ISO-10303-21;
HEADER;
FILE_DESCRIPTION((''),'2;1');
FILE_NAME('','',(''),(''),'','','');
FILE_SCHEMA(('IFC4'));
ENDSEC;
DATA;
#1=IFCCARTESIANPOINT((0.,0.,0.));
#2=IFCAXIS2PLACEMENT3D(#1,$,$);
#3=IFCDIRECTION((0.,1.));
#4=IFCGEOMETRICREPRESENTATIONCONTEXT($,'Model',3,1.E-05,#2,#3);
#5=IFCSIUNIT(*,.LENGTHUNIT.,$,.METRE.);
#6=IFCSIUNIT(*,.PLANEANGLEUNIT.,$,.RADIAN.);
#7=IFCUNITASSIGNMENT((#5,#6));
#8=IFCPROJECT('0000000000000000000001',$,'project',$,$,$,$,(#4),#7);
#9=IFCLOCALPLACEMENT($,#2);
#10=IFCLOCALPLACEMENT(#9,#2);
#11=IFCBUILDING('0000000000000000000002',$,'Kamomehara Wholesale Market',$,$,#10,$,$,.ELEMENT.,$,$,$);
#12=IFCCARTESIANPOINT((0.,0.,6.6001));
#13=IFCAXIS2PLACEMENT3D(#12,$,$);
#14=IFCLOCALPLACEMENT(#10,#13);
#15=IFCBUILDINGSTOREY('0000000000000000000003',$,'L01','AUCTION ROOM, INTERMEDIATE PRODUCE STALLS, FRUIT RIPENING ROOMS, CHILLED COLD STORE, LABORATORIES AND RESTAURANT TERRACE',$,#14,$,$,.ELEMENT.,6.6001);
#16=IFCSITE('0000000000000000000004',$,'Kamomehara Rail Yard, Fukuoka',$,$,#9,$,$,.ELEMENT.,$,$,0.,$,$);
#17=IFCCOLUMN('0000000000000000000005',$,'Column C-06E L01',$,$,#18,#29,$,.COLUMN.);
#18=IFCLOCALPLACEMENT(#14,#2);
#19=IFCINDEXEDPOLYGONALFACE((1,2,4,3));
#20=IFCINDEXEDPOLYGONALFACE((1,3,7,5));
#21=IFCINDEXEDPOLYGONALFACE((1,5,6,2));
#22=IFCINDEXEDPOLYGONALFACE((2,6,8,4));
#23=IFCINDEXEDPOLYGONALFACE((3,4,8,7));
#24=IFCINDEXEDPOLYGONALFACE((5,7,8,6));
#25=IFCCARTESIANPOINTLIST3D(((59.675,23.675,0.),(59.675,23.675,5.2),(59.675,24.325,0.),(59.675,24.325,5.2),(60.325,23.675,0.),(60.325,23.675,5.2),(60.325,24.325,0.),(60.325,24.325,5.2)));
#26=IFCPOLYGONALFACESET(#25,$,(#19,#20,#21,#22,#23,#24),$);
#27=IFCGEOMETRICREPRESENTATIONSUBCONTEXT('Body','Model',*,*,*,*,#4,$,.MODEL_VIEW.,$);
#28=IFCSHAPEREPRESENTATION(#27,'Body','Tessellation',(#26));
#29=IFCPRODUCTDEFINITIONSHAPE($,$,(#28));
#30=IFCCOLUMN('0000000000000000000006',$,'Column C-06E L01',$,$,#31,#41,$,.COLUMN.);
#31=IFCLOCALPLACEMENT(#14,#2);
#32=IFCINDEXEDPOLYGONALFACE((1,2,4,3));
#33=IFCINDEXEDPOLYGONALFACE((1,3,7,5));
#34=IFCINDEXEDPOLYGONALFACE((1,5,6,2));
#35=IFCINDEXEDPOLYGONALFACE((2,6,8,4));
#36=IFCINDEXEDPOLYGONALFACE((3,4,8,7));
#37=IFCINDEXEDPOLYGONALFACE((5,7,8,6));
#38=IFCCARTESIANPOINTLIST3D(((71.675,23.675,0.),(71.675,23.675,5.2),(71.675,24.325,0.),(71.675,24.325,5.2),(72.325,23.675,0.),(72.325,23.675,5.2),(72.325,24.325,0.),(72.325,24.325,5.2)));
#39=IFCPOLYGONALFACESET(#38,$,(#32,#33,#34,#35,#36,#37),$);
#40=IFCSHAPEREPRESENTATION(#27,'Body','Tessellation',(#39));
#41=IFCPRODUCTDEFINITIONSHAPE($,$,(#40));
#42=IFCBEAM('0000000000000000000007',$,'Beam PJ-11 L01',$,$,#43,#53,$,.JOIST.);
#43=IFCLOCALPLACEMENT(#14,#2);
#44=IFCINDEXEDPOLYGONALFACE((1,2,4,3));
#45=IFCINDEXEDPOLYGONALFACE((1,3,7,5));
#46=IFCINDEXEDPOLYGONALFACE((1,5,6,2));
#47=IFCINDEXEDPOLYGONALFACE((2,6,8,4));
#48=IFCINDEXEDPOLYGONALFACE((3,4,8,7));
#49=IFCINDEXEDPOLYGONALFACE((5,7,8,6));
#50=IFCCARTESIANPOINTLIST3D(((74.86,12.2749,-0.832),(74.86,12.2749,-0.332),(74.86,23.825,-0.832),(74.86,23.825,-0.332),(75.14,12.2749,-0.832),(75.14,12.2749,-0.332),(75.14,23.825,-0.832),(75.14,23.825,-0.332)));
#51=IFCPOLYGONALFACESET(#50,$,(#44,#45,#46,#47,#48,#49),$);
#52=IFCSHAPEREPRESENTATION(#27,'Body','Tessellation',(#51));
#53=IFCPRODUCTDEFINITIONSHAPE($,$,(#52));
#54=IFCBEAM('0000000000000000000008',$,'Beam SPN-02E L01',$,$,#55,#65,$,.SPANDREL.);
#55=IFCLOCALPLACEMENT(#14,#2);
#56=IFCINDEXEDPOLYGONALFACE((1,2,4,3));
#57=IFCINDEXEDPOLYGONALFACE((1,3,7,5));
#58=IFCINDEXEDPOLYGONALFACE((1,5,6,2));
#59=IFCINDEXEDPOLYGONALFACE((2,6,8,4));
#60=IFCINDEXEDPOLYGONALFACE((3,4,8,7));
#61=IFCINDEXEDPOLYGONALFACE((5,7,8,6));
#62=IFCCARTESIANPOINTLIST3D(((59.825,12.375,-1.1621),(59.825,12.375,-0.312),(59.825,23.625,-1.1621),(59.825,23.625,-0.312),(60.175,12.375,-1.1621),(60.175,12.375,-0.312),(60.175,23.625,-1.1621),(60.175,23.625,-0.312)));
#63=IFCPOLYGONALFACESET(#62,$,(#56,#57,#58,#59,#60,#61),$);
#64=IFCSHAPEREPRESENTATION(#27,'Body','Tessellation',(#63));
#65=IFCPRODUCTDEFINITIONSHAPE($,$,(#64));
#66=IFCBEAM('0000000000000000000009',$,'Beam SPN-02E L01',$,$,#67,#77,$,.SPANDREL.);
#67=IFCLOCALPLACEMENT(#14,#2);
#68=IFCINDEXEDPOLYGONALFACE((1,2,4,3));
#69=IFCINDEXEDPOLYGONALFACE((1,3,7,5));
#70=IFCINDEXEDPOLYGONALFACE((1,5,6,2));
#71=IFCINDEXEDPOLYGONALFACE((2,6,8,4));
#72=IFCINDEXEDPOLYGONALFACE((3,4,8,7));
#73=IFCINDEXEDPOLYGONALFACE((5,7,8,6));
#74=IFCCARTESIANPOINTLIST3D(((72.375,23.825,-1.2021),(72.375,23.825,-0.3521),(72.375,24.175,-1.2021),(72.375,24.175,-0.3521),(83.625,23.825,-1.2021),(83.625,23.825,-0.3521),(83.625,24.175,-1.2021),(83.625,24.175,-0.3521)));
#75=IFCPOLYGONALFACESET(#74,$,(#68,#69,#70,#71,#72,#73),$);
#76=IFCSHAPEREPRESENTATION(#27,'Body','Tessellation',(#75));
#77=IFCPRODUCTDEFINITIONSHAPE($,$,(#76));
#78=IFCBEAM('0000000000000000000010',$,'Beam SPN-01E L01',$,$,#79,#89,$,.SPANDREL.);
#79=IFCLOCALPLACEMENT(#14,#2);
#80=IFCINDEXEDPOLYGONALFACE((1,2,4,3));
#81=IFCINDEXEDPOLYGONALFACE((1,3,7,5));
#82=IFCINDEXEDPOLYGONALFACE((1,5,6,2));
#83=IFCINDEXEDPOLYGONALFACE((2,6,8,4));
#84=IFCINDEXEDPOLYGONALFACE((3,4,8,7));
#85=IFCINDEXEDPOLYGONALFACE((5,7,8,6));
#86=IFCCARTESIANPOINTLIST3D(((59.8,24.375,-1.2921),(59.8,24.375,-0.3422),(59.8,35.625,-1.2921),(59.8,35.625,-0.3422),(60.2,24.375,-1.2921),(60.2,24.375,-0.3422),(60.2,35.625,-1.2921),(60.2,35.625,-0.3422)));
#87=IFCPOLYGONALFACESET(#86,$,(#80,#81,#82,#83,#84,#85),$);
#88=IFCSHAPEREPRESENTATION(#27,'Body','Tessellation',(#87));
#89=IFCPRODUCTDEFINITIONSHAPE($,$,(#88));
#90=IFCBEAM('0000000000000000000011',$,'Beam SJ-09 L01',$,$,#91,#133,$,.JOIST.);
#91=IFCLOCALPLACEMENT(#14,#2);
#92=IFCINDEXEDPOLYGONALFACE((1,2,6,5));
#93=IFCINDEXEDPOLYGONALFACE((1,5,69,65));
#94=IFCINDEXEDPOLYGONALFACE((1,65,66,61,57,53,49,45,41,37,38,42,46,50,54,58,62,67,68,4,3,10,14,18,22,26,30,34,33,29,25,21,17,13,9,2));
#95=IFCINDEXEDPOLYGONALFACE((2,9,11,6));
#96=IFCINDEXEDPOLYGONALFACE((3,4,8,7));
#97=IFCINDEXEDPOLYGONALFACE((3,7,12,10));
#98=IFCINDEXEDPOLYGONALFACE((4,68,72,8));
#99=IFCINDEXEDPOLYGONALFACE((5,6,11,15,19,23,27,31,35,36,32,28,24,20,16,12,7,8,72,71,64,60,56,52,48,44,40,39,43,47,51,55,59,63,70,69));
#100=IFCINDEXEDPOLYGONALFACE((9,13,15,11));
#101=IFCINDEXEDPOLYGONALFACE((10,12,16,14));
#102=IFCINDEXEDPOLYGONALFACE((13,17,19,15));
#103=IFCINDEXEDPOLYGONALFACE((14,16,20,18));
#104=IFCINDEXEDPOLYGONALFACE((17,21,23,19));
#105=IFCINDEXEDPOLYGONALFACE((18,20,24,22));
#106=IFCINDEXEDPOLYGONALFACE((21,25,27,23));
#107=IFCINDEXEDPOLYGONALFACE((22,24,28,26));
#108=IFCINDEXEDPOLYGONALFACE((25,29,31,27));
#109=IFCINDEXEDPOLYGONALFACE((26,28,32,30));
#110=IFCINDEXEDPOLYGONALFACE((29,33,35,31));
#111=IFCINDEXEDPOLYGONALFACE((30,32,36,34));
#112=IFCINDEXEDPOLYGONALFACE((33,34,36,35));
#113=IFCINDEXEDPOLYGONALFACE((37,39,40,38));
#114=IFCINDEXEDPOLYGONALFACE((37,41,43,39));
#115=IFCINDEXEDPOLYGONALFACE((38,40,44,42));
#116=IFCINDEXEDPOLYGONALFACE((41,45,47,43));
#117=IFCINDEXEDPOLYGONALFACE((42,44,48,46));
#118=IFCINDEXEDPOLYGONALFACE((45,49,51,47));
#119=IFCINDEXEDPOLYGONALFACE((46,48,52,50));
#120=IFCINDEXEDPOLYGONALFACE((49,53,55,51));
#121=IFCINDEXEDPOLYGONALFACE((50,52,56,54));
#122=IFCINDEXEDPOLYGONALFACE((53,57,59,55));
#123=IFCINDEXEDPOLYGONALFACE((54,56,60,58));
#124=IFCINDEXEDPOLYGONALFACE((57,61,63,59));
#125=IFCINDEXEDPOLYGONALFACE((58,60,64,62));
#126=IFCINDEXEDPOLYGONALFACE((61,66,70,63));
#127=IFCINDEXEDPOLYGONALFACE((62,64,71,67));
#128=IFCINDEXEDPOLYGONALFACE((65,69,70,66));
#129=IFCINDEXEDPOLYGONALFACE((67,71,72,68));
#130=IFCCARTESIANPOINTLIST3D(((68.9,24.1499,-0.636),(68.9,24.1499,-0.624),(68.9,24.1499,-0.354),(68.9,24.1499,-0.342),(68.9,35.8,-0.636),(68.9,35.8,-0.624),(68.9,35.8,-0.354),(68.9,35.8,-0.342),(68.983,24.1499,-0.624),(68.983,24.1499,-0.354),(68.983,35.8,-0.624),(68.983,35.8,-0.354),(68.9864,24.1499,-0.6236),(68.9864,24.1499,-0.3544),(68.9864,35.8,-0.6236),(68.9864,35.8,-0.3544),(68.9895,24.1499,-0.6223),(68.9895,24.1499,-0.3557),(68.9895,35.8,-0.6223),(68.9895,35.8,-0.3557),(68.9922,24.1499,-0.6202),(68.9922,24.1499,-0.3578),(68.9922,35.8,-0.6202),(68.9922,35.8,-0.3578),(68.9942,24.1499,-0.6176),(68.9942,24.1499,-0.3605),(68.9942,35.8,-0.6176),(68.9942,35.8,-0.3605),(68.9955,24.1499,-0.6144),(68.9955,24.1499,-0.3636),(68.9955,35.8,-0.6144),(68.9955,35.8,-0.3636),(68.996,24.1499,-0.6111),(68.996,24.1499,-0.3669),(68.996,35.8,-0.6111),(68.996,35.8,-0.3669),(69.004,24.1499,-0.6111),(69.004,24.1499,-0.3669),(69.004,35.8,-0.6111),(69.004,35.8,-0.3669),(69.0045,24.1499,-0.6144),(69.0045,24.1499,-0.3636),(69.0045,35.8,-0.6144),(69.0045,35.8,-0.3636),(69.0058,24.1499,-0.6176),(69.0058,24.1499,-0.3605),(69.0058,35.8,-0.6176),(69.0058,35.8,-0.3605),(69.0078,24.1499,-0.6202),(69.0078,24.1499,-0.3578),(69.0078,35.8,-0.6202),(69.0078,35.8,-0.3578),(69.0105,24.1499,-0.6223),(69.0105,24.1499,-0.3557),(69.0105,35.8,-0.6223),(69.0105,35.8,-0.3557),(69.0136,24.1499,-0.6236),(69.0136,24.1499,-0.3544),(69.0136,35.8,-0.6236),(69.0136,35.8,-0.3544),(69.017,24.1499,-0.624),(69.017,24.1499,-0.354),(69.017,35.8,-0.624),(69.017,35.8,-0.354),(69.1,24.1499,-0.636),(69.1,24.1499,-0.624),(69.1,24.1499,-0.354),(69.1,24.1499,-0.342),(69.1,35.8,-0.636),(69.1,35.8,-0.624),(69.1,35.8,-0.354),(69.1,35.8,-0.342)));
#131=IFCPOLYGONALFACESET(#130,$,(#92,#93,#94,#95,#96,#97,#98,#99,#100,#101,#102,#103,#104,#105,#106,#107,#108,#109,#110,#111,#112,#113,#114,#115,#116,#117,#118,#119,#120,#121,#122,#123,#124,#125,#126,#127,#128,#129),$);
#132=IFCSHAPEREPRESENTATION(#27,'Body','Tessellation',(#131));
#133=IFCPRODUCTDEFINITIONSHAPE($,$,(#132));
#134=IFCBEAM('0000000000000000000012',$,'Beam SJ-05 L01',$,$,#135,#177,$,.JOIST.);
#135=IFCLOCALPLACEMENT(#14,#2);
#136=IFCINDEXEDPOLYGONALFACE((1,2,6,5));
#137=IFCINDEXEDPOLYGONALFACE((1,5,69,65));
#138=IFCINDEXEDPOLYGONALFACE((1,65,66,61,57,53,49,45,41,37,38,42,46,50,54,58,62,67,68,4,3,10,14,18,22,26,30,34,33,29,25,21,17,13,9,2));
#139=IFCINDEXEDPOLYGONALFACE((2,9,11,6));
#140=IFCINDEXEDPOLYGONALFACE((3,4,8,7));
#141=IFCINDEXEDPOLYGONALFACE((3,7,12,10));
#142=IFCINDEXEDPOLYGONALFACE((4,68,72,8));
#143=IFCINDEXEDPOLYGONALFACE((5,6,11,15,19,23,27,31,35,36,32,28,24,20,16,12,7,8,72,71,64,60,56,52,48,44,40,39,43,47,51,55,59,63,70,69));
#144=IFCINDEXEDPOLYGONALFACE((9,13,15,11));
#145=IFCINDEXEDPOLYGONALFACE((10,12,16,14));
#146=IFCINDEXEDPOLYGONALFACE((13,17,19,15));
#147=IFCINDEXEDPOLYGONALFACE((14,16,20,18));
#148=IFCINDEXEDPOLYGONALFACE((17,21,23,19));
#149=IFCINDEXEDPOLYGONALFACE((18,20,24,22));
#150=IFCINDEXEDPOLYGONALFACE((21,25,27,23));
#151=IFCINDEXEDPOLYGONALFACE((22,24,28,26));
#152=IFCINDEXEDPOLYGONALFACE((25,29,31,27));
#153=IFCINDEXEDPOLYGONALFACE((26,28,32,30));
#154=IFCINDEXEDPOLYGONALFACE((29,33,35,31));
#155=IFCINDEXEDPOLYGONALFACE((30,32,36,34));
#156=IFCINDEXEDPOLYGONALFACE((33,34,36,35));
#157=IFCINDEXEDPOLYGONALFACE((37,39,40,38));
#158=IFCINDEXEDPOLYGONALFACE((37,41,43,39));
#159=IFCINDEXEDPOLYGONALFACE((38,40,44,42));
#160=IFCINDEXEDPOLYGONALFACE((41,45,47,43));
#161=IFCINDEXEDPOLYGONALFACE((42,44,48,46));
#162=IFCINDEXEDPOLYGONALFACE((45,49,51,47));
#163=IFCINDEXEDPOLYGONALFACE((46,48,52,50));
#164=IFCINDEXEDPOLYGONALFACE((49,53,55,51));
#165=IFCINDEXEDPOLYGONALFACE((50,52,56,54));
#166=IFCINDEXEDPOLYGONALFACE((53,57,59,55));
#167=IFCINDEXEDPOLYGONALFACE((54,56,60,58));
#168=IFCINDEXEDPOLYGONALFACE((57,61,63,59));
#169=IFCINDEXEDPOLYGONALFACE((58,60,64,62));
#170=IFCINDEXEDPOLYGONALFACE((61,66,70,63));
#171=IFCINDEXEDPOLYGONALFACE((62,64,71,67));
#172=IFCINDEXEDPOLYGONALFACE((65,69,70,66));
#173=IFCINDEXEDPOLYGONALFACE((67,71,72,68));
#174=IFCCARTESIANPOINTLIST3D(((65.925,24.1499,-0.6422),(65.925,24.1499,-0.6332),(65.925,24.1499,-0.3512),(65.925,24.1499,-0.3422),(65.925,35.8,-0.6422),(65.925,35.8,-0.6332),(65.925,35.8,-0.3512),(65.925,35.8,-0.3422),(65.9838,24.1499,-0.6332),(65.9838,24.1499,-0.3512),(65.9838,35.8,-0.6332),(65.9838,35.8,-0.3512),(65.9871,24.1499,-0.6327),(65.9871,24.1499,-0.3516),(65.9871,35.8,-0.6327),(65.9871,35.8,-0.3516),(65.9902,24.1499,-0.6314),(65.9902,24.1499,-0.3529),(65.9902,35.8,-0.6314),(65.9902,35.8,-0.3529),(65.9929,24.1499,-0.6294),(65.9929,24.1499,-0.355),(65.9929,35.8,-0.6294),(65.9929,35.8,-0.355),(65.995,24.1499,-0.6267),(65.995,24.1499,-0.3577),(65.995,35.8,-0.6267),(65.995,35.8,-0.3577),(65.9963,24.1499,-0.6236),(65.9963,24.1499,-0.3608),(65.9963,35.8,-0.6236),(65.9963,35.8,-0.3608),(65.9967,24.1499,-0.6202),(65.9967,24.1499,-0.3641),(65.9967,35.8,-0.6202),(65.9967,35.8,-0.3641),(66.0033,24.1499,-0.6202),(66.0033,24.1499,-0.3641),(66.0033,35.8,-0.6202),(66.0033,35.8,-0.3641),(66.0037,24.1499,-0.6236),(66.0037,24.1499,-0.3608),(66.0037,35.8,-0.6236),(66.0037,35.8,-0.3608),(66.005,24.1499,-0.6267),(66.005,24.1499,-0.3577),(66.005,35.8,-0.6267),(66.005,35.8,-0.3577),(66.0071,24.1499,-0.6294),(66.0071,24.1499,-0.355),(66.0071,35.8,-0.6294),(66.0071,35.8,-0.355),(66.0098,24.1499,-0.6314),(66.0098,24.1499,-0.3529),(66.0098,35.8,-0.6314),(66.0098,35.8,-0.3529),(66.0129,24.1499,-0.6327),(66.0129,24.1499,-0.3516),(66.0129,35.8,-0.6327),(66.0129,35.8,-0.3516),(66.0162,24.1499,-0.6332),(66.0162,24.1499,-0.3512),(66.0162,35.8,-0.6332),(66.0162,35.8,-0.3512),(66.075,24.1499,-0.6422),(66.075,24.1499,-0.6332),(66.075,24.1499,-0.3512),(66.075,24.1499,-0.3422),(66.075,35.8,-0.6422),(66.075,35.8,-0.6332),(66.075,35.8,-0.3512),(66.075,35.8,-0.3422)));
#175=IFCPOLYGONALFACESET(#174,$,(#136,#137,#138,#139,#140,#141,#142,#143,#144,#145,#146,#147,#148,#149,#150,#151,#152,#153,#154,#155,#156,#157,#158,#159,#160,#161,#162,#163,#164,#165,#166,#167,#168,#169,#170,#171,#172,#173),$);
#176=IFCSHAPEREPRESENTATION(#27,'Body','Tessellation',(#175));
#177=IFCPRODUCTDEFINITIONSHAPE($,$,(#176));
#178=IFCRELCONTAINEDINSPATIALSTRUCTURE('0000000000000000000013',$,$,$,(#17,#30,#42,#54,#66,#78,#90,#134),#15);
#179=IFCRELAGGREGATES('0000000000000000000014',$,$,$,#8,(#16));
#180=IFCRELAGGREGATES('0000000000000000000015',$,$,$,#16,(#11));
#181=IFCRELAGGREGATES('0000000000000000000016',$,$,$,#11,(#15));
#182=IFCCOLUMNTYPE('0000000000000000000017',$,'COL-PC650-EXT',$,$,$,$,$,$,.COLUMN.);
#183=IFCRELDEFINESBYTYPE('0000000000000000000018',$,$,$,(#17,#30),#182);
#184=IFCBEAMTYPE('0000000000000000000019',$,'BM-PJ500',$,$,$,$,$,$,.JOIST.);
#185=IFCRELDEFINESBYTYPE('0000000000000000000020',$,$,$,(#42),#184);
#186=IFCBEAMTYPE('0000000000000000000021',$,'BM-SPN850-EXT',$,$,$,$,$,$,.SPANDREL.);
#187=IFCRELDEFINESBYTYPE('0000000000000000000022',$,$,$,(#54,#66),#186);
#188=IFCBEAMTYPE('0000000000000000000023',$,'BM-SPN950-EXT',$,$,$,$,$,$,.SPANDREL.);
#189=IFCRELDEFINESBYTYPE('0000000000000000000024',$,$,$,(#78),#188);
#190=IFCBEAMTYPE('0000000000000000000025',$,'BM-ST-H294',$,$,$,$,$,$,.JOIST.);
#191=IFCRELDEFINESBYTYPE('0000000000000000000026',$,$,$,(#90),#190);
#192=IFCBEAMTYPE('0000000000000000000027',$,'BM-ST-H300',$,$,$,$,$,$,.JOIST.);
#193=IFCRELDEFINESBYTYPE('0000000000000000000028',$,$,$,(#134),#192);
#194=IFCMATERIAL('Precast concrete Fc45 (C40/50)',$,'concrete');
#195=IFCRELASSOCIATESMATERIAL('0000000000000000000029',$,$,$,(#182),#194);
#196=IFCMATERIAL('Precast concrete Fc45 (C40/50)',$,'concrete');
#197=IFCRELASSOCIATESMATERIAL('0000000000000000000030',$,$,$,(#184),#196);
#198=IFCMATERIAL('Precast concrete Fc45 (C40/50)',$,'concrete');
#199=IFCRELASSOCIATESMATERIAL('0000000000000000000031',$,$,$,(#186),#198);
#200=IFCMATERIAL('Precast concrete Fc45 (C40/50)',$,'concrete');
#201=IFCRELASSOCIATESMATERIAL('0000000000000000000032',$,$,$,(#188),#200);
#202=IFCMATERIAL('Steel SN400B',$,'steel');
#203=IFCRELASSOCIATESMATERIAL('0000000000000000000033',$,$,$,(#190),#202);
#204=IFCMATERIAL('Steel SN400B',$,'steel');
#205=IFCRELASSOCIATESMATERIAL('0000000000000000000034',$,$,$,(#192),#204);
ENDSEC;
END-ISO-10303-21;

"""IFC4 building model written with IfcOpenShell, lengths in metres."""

from ifc_helpers import new_model, si_unit, direction, frame, origin, origin_2d, place, context, subcontext, project, spatial, rectangle, i_section, extrude, material, material_profile, profile_set, type_object, element, save


model = new_model("IFC4")

# Units and contexts
model_context = context("Model", 3, precision=1e-05, world=origin(), true_north=direction((0.0, 1.0)))
body_context = subcontext(model_context, "Body", "Model", "MODEL_VIEW")
ifc_project = project(units=[si_unit("LENGTHUNIT", "METRE"), si_unit("PLANEANGLEUNIT", "RADIAN")], contexts=[model_context])

# Site, building, storey
site_placement = place(None, origin())
site = spatial("IfcSite", under=ifc_project, at=site_placement, Name="Kamomehara Rail Yard, Fukuoka", CompositionType="ELEMENT", RefElevation=0.0)
building_placement = place(site_placement, origin())
building = spatial("IfcBuilding", under=site, at=building_placement, Name="Kamomehara Wholesale Market", CompositionType="ELEMENT")
storey_placement = place(building_placement, frame((0.0, 0.0, 6.6001)))
storey = spatial("IfcBuildingStorey", under=building, at=storey_placement, Name="L01", Description="AUCTION ROOM, INTERMEDIATE PRODUCE STALLS, FRUIT RIPENING ROOMS, CHILLED COLD STORE, LABORATORIES AND RESTAURANT TERRACE", CompositionType="ELEMENT", Elevation=6.6001)

# Columns
ifc_material_1 = material(Name="Precast concrete Fc45 (C40/50)", Category="concrete")
ifc_material_profile_1 = material_profile(ifc_material_1, rectangle(XDim=0.6499, YDim=0.6499, at=origin_2d()), Name="PC-COL-650x650")
ifc_profile_set_1 = profile_set([ifc_material_profile_1], Name="Precast concrete Fc45 (C40/50)")
column_type = type_object("IfcColumnType", Name="COL-PC650-EXT", PredefinedType="COLUMN", material=ifc_profile_set_1)
for number, where, z_axis, x_axis, name in (
    (1, (60.0, 24.0, 0.0), (0.0, 0.0, 1.0), (1.0, 0.0, 0.0), "Column C-06E L01"),
    (2, (72.0, 24.0, 0.0), (0.0, 0.0, 1.0), (1.0, 0.0, 0.0), "Column C-06E L01"),
):
    element("IfcColumn", number, at=place(storey_placement, frame(where, z_axis=z_axis, x_axis=x_axis)), inside=storey, type_object=column_type, Name=name, PredefinedType="COLUMN", context=body_context, shape_type="SweptSolid", body=[
        extrude(rectangle(XDim=0.6499, YDim=0.6499, at=origin_2d()), origin(), (0.0, 0.0, 1.0), 5.2),
    ])

# Beams
ifc_material_2 = material(Name="Precast concrete Fc45 (C40/50)", Category="concrete")
ifc_material_profile_2 = material_profile(ifc_material_2, rectangle(XDim=0.28, YDim=0.5, at=origin_2d()), Name="PC-JST-280x500")
ifc_profile_set_2 = profile_set([ifc_material_profile_2], Name="Precast concrete Fc45 (C40/50)")
beam_type_1 = type_object("IfcBeamType", Name="BM-PJ500", PredefinedType="JOIST", material=ifc_profile_set_2)
beam_1_placement = place(storey_placement, frame((75.0, 12.2749, -0.582), z_axis=(0.0, 1.0, 0.0), x_axis=(-1.0, 0.0, 0.0)))
element("IfcBeam", 3, at=beam_1_placement, inside=storey, type_object=beam_type_1, Name="Beam PJ-11 L01", PredefinedType="JOIST", context=body_context, shape_type="SweptSolid", body=[
    extrude(rectangle(XDim=0.28, YDim=0.5, at=origin_2d()), origin(), (0.0, 0.0, 1.0), 11.55),
])
ifc_material_3 = material(Name="Precast concrete Fc45 (C40/50)", Category="concrete")
ifc_material_profile_3 = material_profile(ifc_material_3, rectangle(XDim=0.3501, YDim=0.8501, at=origin_2d()), Name="PC-SPN-350x850")
ifc_profile_set_3 = profile_set([ifc_material_profile_3], Name="Precast concrete Fc45 (C40/50)")
beam_type_2 = type_object("IfcBeamType", Name="BM-SPN850-EXT", PredefinedType="SPANDREL", material=ifc_profile_set_3)
for number, where, z_axis, x_axis, name in (
    (4, (60.0, 12.375, -0.7371), (0.0, 1.0, 0.0), (-1.0, 0.0, 0.0), "Beam SPN-02E L01"),
    (5, (72.375, 24.0, -0.7771), (1.0, 0.0, 0.0), (0.0, 1.0, 0.0), "Beam SPN-02E L01"),
):
    element("IfcBeam", number, at=place(storey_placement, frame(where, z_axis=z_axis, x_axis=x_axis)), inside=storey, type_object=beam_type_2, Name=name, PredefinedType="SPANDREL", context=body_context, shape_type="SweptSolid", body=[
        extrude(rectangle(XDim=0.3501, YDim=0.8501, at=origin_2d()), origin(), (0.0, 0.0, 1.0), 11.25),
    ])
ifc_material_4 = material(Name="Precast concrete Fc45 (C40/50)", Category="concrete")
ifc_material_profile_4 = material_profile(ifc_material_4, rectangle(XDim=0.3999, YDim=0.95, at=origin_2d()), Name="PC-SPN-400x950")
ifc_profile_set_4 = profile_set([ifc_material_profile_4], Name="Precast concrete Fc45 (C40/50)")
beam_type_3 = type_object("IfcBeamType", Name="BM-SPN950-EXT", PredefinedType="SPANDREL", material=ifc_profile_set_4)
beam_2_placement = place(storey_placement, frame((60.0, 24.375, -0.8171), z_axis=(0.0, 1.0, 0.0), x_axis=(-1.0, 0.0, 0.0)))
element("IfcBeam", 6, at=beam_2_placement, inside=storey, type_object=beam_type_3, Name="Beam SPN-01E L01", PredefinedType="SPANDREL", context=body_context, shape_type="SweptSolid", body=[
    extrude(rectangle(XDim=0.3999, YDim=0.95, at=origin_2d()), origin(), (0.0, 0.0, 1.0), 11.25),
])
ifc_material_5 = material(Name="Steel SN400B", Category="steel")
ifc_material_profile_5 = material_profile(ifc_material_5, i_section(OverallWidth=0.2, OverallDepth=0.2939, WebThickness=0.0081, FlangeThickness=0.012, FilletRadius=0.0129, at=origin_2d()), Name="H-294x200x8x12")
ifc_profile_set_5 = profile_set([ifc_material_profile_5], Name="Steel SN400B")
beam_type_4 = type_object("IfcBeamType", Name="BM-ST-H294", PredefinedType="JOIST", material=ifc_profile_set_5)
beam_3_placement = place(storey_placement, frame((69.0, 24.1499, -0.489), z_axis=(0.0, 1.0, 0.0), x_axis=(-1.0, 0.0, 0.0)))
element("IfcBeam", 7, at=beam_3_placement, inside=storey, type_object=beam_type_4, Name="Beam SJ-09 L01", PredefinedType="JOIST", context=body_context, shape_type="SweptSolid", body=[
    extrude(i_section(OverallWidth=0.2, OverallDepth=0.2939, WebThickness=0.0081, FlangeThickness=0.012, FilletRadius=0.0129, at=origin_2d()), origin(), (0.0, 0.0, 1.0), 11.6501),
])
ifc_material_6 = material(Name="Steel SN400B", Category="steel")
ifc_material_profile_6 = material_profile(ifc_material_6, i_section(OverallWidth=0.1499, OverallDepth=0.3, WebThickness=0.0066, FlangeThickness=0.009, FilletRadius=0.0129, at=origin_2d()), Name="H-300x150x6.5x9")
ifc_profile_set_6 = profile_set([ifc_material_profile_6], Name="Steel SN400B")
beam_type_5 = type_object("IfcBeamType", Name="BM-ST-H300", PredefinedType="JOIST", material=ifc_profile_set_6)
beam_4_placement = place(storey_placement, frame((66.0, 24.1499, -0.4922), z_axis=(0.0, 1.0, 0.0), x_axis=(-1.0, 0.0, 0.0)))
element("IfcBeam", 8, at=beam_4_placement, inside=storey, type_object=beam_type_5, Name="Beam SJ-05 L01", PredefinedType="JOIST", context=body_context, shape_type="SweptSolid", body=[
    extrude(i_section(OverallWidth=0.1499, OverallDepth=0.3, WebThickness=0.0066, FlangeThickness=0.009, FilletRadius=0.0129, at=origin_2d()), origin(), (0.0, 0.0, 1.0), 11.6501),
])

save(model, "model.ifc")
